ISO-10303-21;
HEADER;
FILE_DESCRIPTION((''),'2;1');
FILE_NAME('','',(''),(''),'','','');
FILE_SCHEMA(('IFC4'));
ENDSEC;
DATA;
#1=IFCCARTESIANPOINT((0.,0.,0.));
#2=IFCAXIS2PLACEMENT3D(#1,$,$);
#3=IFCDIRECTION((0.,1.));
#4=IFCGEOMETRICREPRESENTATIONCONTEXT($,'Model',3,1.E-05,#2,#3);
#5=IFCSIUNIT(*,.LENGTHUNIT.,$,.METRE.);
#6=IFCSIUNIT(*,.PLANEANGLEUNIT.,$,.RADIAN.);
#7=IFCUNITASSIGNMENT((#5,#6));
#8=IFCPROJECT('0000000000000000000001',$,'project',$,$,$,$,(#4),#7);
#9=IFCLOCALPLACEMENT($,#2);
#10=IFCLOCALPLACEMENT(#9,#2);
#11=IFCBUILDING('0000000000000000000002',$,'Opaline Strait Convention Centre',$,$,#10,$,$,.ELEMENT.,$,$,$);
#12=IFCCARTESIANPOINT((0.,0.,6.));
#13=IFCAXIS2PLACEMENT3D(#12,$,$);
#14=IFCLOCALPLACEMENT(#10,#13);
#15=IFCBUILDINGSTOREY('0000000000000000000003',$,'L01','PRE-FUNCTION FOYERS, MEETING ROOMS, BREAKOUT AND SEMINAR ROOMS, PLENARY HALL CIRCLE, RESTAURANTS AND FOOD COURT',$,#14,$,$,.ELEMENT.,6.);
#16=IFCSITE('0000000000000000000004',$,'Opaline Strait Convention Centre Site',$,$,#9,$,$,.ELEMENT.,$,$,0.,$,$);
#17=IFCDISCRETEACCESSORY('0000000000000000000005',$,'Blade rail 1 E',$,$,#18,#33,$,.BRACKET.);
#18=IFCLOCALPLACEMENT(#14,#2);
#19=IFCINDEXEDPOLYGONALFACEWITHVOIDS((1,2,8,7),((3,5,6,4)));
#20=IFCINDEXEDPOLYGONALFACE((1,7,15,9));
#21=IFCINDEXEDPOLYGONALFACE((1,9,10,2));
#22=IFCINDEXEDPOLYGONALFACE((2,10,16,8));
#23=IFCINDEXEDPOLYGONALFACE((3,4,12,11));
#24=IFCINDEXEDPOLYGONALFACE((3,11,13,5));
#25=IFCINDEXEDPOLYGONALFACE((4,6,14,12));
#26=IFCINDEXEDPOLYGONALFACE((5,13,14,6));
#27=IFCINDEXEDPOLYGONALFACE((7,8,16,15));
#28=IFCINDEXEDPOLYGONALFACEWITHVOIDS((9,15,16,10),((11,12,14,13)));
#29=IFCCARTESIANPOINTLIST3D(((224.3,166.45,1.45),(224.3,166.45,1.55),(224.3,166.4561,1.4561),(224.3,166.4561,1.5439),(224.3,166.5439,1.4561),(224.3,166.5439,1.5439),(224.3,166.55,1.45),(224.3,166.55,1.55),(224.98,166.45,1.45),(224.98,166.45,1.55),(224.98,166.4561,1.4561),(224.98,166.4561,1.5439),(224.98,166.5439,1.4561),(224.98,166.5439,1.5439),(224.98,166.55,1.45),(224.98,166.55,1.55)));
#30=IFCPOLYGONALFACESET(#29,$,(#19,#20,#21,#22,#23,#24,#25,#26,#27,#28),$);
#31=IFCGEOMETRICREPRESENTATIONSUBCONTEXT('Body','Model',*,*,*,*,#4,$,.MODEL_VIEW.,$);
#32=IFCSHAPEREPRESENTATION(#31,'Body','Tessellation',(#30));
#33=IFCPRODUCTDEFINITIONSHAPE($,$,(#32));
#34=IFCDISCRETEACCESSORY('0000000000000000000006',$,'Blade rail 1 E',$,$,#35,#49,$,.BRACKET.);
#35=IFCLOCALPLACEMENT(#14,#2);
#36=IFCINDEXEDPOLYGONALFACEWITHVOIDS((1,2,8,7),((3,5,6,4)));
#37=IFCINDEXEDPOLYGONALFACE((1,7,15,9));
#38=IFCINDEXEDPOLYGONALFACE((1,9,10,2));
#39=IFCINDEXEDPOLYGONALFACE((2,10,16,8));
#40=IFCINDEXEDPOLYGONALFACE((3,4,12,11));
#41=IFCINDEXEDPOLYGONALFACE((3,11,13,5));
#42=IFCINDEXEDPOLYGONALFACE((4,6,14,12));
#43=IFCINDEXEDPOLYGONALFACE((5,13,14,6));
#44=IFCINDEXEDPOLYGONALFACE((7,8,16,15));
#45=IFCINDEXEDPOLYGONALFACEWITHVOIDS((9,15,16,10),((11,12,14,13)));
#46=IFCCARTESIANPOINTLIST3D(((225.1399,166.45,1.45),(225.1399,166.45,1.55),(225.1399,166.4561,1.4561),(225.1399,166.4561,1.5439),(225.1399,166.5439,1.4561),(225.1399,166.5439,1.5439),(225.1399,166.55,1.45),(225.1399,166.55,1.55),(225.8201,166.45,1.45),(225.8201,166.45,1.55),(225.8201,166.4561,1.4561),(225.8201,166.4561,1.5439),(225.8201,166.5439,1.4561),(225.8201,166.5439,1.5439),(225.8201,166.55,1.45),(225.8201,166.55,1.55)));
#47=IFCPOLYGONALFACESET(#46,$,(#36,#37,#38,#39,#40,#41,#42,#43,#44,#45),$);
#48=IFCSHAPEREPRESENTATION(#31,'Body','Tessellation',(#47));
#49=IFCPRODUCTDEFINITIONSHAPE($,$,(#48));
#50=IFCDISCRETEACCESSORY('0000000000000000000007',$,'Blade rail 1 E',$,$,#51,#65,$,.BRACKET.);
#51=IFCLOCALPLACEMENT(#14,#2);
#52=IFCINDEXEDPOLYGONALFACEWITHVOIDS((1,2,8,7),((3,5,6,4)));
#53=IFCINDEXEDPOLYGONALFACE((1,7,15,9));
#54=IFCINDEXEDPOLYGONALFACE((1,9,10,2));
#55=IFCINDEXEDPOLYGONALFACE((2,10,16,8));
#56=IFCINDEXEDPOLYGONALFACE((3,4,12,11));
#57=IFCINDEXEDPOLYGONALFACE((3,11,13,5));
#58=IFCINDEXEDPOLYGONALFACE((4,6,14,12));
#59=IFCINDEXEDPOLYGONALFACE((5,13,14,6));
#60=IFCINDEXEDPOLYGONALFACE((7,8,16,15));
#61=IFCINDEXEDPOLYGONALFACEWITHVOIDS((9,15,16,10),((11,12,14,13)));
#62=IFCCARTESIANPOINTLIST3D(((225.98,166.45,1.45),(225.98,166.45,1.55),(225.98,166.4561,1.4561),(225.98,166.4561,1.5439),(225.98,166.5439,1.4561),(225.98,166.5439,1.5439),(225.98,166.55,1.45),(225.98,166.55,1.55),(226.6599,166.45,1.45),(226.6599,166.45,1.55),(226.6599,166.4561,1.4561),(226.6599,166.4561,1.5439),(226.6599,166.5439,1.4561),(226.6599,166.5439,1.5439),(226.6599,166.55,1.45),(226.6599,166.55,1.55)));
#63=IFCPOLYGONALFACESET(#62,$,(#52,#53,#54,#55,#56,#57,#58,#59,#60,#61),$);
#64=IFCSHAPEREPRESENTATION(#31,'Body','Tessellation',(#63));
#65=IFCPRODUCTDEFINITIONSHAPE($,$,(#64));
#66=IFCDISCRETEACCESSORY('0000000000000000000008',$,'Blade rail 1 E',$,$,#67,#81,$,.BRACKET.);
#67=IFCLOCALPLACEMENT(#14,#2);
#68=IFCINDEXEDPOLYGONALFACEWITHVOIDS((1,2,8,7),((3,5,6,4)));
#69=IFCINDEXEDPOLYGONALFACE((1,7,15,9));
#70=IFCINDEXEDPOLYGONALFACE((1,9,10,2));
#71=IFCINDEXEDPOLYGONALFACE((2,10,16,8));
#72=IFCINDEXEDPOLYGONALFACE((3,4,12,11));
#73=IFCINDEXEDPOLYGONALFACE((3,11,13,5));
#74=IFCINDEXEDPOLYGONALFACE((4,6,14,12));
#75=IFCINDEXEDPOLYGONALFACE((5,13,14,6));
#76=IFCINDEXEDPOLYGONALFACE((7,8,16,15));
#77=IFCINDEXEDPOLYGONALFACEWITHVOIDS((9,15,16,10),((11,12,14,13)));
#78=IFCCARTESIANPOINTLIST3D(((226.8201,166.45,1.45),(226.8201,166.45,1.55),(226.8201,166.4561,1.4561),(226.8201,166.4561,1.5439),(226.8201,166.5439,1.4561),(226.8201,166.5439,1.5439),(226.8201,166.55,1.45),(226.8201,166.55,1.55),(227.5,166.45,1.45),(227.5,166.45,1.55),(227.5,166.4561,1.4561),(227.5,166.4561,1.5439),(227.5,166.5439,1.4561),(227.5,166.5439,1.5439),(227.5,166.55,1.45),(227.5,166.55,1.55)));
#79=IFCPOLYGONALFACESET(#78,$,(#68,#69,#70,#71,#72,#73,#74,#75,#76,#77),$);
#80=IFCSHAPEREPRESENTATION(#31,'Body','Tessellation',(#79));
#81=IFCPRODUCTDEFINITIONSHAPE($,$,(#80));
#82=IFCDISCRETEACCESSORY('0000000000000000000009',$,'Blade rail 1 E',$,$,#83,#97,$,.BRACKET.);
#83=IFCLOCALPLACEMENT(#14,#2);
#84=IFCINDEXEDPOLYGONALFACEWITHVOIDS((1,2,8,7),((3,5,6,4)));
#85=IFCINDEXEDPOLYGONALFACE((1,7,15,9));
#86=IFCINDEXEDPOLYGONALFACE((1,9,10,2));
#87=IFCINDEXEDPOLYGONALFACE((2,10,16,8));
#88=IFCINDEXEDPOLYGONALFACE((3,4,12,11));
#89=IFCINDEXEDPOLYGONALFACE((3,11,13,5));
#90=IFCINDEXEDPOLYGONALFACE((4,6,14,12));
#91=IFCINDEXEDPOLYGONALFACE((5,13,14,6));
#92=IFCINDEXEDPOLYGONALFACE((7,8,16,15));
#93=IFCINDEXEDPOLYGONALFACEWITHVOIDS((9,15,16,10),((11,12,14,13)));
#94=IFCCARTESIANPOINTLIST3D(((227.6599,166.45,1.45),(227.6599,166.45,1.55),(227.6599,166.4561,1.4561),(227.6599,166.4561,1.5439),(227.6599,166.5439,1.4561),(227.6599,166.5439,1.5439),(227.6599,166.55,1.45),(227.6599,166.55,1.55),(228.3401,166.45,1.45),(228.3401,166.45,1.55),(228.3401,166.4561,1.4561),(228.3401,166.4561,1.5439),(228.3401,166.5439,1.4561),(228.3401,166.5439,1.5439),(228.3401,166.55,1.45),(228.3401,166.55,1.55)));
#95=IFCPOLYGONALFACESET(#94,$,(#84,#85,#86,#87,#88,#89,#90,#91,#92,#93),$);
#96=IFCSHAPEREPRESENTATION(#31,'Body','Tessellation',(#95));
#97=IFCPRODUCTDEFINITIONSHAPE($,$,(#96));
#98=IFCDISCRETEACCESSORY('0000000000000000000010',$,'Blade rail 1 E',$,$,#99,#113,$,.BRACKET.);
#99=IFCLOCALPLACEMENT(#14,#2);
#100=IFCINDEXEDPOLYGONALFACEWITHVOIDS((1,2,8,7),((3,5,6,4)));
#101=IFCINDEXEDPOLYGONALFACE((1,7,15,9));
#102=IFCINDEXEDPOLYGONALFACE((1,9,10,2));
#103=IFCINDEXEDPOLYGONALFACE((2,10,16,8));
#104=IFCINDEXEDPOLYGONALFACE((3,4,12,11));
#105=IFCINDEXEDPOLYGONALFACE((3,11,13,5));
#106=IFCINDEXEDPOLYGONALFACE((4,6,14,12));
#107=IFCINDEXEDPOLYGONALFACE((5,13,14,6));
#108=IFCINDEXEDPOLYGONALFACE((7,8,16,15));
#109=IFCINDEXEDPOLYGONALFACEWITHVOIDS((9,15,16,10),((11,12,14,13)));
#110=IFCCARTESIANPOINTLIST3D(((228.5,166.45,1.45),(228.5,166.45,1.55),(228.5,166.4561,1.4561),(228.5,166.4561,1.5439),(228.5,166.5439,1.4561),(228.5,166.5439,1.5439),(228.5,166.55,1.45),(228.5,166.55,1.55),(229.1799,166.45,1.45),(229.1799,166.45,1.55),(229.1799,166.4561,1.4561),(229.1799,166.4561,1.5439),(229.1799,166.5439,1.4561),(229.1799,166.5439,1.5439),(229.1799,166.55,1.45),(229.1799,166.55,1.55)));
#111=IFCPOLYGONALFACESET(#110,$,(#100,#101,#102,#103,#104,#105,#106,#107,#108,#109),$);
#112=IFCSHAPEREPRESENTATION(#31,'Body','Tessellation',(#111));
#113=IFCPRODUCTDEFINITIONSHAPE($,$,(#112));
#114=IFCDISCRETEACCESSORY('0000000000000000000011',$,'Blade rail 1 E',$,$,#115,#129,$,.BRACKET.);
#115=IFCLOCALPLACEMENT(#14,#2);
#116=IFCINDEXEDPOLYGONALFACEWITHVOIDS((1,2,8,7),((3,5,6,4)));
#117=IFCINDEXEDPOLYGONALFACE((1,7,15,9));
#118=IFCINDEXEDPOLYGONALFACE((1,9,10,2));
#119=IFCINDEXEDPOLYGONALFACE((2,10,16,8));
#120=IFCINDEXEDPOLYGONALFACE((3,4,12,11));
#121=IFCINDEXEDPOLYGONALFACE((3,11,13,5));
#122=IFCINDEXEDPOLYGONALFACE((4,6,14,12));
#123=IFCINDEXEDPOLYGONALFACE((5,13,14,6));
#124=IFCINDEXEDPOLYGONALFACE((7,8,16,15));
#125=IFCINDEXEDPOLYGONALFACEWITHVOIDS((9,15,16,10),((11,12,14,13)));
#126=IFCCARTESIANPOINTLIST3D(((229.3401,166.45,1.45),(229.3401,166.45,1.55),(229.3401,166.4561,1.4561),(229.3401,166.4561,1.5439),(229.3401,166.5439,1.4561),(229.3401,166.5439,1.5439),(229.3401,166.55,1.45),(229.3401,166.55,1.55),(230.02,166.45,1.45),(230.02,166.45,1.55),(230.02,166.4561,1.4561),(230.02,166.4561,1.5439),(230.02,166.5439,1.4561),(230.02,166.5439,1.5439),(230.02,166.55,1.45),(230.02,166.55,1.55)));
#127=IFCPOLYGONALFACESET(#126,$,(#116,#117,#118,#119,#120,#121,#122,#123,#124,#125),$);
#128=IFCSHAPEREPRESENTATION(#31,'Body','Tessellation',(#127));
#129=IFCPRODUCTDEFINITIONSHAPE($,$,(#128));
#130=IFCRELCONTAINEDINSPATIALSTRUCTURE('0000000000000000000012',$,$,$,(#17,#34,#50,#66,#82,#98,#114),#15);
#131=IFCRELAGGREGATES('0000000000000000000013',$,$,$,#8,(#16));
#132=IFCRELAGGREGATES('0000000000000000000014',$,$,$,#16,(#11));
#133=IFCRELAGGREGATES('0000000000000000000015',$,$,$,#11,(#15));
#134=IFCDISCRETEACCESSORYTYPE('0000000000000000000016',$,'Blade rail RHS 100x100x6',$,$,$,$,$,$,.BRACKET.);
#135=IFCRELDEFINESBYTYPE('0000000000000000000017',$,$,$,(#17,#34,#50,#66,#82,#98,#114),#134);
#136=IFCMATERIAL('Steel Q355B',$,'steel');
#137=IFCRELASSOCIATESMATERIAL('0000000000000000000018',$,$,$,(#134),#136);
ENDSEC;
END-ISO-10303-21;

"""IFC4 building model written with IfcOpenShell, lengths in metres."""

from ifc_helpers import new_model, si_unit, direction, frame, origin, origin_2d, place, context, subcontext, project, spatial, hollow_rectangle, extrude, material, material_profile, profile_set, type_object, element, save


model = new_model("IFC4")

# Units and contexts
model_context = context("Model", 3, precision=1e-05, world=origin(), true_north=direction((0.0, 1.0)))
body_context = subcontext(model_context, "Body", "Model", "MODEL_VIEW")
ifc_project = project(units=[si_unit("LENGTHUNIT", "METRE"), si_unit("PLANEANGLEUNIT", "RADIAN")], contexts=[model_context])

# Site, building, storey
site_placement = place(None, origin())
site = spatial("IfcSite", under=ifc_project, at=site_placement, Name="Opaline Strait Convention Centre Site", CompositionType="ELEMENT", RefElevation=0.0)
building_placement = place(site_placement, origin())
building = spatial("IfcBuilding", under=site, at=building_placement, Name="Opaline Strait Convention Centre", CompositionType="ELEMENT")
storey_placement = place(building_placement, frame((0.0, 0.0, 6.0)))
storey = spatial("IfcBuildingStorey", under=building, at=storey_placement, Name="L01", Description="PRE-FUNCTION FOYERS, MEETING ROOMS, BREAKOUT AND SEMINAR ROOMS, PLENARY HALL CIRCLE, RESTAURANTS AND FOOD COURT", CompositionType="ELEMENT", Elevation=6.0)

# Shared definitions
ifc_material_1 = material(Name="Steel Q355B", Category="steel")

# Discrete accessories
ifc_material_profile_1 = material_profile(ifc_material_1, hollow_rectangle(XDim=0.1001, YDim=0.1001, WallThickness=0.0061, at=origin_2d()), Name="RHS 100x100x6")
ifc_profile_set_1 = profile_set([ifc_material_profile_1], Name="Steel Q355B")
discrete_accessory_type = type_object("IfcDiscreteAccessoryType", Name="Blade rail RHS 100x100x6", PredefinedType="BRACKET", material=ifc_profile_set_1)
for number, where, z_axis, x_axis, name in (
    (1, (224.3, 166.5, 1.5), (1.0, 0.0, 0.0), (0.0, 1.0, 0.0), "Blade rail 1 E"),
):
    element("IfcDiscreteAccessory", number, at=place(storey_placement, frame(where, z_axis=z_axis, x_axis=x_axis)), inside=storey, type_object=discrete_accessory_type, Name=name, PredefinedType="BRACKET", context=body_context, shape_type="SweptSolid", body=[
        extrude(hollow_rectangle(XDim=0.1001, YDim=0.1001, WallThickness=0.0061, at=origin_2d()), origin(), (0.0, 0.0, 1.0), 0.6799),
    ])
discrete_accessory_1_placement = place(storey_placement, frame((225.1399, 166.5, 1.5), z_axis=(1.0, 0.0, 0.0), x_axis=(0.0, 1.0, 0.0)))
element("IfcDiscreteAccessory", 2, at=discrete_accessory_1_placement, inside=storey, type_object=discrete_accessory_type, Name="Blade rail 1 E", PredefinedType="BRACKET", context=body_context, shape_type="SweptSolid", body=[
    extrude(hollow_rectangle(XDim=0.1001, YDim=0.1001, WallThickness=0.0061, at=origin_2d()), origin(), (0.0, 0.0, 1.0), 0.6802),
])
for number, where, z_axis, x_axis, name in (
    (3, (225.98, 166.5, 1.5), (1.0, 0.0, 0.0), (0.0, 1.0, 0.0), "Blade rail 1 E"),
    (4, (226.8201, 166.5, 1.5), (1.0, 0.0, 0.0), (0.0, 1.0, 0.0), "Blade rail 1 E"),
):
    element("IfcDiscreteAccessory", number, at=place(storey_placement, frame(where, z_axis=z_axis, x_axis=x_axis)), inside=storey, type_object=discrete_accessory_type, Name=name, PredefinedType="BRACKET", context=body_context, shape_type="SweptSolid", body=[
        extrude(hollow_rectangle(XDim=0.1001, YDim=0.1001, WallThickness=0.0061, at=origin_2d()), origin(), (0.0, 0.0, 1.0), 0.6799),
    ])
discrete_accessory_2_placement = place(storey_placement, frame((227.6599, 166.5, 1.5), z_axis=(1.0, 0.0, 0.0), x_axis=(0.0, 1.0, 0.0)))
element("IfcDiscreteAccessory", 5, at=discrete_accessory_2_placement, inside=storey, type_object=discrete_accessory_type, Name="Blade rail 1 E", PredefinedType="BRACKET", context=body_context, shape_type="SweptSolid", body=[
    extrude(hollow_rectangle(XDim=0.1001, YDim=0.1001, WallThickness=0.0061, at=origin_2d()), origin(), (0.0, 0.0, 1.0), 0.6802),
])
for number, where, z_axis, x_axis, name in (
    (6, (228.5, 166.5, 1.5), (1.0, 0.0, 0.0), (0.0, 1.0, 0.0), "Blade rail 1 E"),
    (7, (229.3401, 166.5, 1.5), (1.0, 0.0, 0.0), (0.0, 1.0, 0.0), "Blade rail 1 E"),
):
    element("IfcDiscreteAccessory", number, at=place(storey_placement, frame(where, z_axis=z_axis, x_axis=x_axis)), inside=storey, type_object=discrete_accessory_type, Name=name, PredefinedType="BRACKET", context=body_context, shape_type="SweptSolid", body=[
        extrude(hollow_rectangle(XDim=0.1001, YDim=0.1001, WallThickness=0.0061, at=origin_2d()), origin(), (0.0, 0.0, 1.0), 0.6799),
    ])

save(model, "model.ifc")
